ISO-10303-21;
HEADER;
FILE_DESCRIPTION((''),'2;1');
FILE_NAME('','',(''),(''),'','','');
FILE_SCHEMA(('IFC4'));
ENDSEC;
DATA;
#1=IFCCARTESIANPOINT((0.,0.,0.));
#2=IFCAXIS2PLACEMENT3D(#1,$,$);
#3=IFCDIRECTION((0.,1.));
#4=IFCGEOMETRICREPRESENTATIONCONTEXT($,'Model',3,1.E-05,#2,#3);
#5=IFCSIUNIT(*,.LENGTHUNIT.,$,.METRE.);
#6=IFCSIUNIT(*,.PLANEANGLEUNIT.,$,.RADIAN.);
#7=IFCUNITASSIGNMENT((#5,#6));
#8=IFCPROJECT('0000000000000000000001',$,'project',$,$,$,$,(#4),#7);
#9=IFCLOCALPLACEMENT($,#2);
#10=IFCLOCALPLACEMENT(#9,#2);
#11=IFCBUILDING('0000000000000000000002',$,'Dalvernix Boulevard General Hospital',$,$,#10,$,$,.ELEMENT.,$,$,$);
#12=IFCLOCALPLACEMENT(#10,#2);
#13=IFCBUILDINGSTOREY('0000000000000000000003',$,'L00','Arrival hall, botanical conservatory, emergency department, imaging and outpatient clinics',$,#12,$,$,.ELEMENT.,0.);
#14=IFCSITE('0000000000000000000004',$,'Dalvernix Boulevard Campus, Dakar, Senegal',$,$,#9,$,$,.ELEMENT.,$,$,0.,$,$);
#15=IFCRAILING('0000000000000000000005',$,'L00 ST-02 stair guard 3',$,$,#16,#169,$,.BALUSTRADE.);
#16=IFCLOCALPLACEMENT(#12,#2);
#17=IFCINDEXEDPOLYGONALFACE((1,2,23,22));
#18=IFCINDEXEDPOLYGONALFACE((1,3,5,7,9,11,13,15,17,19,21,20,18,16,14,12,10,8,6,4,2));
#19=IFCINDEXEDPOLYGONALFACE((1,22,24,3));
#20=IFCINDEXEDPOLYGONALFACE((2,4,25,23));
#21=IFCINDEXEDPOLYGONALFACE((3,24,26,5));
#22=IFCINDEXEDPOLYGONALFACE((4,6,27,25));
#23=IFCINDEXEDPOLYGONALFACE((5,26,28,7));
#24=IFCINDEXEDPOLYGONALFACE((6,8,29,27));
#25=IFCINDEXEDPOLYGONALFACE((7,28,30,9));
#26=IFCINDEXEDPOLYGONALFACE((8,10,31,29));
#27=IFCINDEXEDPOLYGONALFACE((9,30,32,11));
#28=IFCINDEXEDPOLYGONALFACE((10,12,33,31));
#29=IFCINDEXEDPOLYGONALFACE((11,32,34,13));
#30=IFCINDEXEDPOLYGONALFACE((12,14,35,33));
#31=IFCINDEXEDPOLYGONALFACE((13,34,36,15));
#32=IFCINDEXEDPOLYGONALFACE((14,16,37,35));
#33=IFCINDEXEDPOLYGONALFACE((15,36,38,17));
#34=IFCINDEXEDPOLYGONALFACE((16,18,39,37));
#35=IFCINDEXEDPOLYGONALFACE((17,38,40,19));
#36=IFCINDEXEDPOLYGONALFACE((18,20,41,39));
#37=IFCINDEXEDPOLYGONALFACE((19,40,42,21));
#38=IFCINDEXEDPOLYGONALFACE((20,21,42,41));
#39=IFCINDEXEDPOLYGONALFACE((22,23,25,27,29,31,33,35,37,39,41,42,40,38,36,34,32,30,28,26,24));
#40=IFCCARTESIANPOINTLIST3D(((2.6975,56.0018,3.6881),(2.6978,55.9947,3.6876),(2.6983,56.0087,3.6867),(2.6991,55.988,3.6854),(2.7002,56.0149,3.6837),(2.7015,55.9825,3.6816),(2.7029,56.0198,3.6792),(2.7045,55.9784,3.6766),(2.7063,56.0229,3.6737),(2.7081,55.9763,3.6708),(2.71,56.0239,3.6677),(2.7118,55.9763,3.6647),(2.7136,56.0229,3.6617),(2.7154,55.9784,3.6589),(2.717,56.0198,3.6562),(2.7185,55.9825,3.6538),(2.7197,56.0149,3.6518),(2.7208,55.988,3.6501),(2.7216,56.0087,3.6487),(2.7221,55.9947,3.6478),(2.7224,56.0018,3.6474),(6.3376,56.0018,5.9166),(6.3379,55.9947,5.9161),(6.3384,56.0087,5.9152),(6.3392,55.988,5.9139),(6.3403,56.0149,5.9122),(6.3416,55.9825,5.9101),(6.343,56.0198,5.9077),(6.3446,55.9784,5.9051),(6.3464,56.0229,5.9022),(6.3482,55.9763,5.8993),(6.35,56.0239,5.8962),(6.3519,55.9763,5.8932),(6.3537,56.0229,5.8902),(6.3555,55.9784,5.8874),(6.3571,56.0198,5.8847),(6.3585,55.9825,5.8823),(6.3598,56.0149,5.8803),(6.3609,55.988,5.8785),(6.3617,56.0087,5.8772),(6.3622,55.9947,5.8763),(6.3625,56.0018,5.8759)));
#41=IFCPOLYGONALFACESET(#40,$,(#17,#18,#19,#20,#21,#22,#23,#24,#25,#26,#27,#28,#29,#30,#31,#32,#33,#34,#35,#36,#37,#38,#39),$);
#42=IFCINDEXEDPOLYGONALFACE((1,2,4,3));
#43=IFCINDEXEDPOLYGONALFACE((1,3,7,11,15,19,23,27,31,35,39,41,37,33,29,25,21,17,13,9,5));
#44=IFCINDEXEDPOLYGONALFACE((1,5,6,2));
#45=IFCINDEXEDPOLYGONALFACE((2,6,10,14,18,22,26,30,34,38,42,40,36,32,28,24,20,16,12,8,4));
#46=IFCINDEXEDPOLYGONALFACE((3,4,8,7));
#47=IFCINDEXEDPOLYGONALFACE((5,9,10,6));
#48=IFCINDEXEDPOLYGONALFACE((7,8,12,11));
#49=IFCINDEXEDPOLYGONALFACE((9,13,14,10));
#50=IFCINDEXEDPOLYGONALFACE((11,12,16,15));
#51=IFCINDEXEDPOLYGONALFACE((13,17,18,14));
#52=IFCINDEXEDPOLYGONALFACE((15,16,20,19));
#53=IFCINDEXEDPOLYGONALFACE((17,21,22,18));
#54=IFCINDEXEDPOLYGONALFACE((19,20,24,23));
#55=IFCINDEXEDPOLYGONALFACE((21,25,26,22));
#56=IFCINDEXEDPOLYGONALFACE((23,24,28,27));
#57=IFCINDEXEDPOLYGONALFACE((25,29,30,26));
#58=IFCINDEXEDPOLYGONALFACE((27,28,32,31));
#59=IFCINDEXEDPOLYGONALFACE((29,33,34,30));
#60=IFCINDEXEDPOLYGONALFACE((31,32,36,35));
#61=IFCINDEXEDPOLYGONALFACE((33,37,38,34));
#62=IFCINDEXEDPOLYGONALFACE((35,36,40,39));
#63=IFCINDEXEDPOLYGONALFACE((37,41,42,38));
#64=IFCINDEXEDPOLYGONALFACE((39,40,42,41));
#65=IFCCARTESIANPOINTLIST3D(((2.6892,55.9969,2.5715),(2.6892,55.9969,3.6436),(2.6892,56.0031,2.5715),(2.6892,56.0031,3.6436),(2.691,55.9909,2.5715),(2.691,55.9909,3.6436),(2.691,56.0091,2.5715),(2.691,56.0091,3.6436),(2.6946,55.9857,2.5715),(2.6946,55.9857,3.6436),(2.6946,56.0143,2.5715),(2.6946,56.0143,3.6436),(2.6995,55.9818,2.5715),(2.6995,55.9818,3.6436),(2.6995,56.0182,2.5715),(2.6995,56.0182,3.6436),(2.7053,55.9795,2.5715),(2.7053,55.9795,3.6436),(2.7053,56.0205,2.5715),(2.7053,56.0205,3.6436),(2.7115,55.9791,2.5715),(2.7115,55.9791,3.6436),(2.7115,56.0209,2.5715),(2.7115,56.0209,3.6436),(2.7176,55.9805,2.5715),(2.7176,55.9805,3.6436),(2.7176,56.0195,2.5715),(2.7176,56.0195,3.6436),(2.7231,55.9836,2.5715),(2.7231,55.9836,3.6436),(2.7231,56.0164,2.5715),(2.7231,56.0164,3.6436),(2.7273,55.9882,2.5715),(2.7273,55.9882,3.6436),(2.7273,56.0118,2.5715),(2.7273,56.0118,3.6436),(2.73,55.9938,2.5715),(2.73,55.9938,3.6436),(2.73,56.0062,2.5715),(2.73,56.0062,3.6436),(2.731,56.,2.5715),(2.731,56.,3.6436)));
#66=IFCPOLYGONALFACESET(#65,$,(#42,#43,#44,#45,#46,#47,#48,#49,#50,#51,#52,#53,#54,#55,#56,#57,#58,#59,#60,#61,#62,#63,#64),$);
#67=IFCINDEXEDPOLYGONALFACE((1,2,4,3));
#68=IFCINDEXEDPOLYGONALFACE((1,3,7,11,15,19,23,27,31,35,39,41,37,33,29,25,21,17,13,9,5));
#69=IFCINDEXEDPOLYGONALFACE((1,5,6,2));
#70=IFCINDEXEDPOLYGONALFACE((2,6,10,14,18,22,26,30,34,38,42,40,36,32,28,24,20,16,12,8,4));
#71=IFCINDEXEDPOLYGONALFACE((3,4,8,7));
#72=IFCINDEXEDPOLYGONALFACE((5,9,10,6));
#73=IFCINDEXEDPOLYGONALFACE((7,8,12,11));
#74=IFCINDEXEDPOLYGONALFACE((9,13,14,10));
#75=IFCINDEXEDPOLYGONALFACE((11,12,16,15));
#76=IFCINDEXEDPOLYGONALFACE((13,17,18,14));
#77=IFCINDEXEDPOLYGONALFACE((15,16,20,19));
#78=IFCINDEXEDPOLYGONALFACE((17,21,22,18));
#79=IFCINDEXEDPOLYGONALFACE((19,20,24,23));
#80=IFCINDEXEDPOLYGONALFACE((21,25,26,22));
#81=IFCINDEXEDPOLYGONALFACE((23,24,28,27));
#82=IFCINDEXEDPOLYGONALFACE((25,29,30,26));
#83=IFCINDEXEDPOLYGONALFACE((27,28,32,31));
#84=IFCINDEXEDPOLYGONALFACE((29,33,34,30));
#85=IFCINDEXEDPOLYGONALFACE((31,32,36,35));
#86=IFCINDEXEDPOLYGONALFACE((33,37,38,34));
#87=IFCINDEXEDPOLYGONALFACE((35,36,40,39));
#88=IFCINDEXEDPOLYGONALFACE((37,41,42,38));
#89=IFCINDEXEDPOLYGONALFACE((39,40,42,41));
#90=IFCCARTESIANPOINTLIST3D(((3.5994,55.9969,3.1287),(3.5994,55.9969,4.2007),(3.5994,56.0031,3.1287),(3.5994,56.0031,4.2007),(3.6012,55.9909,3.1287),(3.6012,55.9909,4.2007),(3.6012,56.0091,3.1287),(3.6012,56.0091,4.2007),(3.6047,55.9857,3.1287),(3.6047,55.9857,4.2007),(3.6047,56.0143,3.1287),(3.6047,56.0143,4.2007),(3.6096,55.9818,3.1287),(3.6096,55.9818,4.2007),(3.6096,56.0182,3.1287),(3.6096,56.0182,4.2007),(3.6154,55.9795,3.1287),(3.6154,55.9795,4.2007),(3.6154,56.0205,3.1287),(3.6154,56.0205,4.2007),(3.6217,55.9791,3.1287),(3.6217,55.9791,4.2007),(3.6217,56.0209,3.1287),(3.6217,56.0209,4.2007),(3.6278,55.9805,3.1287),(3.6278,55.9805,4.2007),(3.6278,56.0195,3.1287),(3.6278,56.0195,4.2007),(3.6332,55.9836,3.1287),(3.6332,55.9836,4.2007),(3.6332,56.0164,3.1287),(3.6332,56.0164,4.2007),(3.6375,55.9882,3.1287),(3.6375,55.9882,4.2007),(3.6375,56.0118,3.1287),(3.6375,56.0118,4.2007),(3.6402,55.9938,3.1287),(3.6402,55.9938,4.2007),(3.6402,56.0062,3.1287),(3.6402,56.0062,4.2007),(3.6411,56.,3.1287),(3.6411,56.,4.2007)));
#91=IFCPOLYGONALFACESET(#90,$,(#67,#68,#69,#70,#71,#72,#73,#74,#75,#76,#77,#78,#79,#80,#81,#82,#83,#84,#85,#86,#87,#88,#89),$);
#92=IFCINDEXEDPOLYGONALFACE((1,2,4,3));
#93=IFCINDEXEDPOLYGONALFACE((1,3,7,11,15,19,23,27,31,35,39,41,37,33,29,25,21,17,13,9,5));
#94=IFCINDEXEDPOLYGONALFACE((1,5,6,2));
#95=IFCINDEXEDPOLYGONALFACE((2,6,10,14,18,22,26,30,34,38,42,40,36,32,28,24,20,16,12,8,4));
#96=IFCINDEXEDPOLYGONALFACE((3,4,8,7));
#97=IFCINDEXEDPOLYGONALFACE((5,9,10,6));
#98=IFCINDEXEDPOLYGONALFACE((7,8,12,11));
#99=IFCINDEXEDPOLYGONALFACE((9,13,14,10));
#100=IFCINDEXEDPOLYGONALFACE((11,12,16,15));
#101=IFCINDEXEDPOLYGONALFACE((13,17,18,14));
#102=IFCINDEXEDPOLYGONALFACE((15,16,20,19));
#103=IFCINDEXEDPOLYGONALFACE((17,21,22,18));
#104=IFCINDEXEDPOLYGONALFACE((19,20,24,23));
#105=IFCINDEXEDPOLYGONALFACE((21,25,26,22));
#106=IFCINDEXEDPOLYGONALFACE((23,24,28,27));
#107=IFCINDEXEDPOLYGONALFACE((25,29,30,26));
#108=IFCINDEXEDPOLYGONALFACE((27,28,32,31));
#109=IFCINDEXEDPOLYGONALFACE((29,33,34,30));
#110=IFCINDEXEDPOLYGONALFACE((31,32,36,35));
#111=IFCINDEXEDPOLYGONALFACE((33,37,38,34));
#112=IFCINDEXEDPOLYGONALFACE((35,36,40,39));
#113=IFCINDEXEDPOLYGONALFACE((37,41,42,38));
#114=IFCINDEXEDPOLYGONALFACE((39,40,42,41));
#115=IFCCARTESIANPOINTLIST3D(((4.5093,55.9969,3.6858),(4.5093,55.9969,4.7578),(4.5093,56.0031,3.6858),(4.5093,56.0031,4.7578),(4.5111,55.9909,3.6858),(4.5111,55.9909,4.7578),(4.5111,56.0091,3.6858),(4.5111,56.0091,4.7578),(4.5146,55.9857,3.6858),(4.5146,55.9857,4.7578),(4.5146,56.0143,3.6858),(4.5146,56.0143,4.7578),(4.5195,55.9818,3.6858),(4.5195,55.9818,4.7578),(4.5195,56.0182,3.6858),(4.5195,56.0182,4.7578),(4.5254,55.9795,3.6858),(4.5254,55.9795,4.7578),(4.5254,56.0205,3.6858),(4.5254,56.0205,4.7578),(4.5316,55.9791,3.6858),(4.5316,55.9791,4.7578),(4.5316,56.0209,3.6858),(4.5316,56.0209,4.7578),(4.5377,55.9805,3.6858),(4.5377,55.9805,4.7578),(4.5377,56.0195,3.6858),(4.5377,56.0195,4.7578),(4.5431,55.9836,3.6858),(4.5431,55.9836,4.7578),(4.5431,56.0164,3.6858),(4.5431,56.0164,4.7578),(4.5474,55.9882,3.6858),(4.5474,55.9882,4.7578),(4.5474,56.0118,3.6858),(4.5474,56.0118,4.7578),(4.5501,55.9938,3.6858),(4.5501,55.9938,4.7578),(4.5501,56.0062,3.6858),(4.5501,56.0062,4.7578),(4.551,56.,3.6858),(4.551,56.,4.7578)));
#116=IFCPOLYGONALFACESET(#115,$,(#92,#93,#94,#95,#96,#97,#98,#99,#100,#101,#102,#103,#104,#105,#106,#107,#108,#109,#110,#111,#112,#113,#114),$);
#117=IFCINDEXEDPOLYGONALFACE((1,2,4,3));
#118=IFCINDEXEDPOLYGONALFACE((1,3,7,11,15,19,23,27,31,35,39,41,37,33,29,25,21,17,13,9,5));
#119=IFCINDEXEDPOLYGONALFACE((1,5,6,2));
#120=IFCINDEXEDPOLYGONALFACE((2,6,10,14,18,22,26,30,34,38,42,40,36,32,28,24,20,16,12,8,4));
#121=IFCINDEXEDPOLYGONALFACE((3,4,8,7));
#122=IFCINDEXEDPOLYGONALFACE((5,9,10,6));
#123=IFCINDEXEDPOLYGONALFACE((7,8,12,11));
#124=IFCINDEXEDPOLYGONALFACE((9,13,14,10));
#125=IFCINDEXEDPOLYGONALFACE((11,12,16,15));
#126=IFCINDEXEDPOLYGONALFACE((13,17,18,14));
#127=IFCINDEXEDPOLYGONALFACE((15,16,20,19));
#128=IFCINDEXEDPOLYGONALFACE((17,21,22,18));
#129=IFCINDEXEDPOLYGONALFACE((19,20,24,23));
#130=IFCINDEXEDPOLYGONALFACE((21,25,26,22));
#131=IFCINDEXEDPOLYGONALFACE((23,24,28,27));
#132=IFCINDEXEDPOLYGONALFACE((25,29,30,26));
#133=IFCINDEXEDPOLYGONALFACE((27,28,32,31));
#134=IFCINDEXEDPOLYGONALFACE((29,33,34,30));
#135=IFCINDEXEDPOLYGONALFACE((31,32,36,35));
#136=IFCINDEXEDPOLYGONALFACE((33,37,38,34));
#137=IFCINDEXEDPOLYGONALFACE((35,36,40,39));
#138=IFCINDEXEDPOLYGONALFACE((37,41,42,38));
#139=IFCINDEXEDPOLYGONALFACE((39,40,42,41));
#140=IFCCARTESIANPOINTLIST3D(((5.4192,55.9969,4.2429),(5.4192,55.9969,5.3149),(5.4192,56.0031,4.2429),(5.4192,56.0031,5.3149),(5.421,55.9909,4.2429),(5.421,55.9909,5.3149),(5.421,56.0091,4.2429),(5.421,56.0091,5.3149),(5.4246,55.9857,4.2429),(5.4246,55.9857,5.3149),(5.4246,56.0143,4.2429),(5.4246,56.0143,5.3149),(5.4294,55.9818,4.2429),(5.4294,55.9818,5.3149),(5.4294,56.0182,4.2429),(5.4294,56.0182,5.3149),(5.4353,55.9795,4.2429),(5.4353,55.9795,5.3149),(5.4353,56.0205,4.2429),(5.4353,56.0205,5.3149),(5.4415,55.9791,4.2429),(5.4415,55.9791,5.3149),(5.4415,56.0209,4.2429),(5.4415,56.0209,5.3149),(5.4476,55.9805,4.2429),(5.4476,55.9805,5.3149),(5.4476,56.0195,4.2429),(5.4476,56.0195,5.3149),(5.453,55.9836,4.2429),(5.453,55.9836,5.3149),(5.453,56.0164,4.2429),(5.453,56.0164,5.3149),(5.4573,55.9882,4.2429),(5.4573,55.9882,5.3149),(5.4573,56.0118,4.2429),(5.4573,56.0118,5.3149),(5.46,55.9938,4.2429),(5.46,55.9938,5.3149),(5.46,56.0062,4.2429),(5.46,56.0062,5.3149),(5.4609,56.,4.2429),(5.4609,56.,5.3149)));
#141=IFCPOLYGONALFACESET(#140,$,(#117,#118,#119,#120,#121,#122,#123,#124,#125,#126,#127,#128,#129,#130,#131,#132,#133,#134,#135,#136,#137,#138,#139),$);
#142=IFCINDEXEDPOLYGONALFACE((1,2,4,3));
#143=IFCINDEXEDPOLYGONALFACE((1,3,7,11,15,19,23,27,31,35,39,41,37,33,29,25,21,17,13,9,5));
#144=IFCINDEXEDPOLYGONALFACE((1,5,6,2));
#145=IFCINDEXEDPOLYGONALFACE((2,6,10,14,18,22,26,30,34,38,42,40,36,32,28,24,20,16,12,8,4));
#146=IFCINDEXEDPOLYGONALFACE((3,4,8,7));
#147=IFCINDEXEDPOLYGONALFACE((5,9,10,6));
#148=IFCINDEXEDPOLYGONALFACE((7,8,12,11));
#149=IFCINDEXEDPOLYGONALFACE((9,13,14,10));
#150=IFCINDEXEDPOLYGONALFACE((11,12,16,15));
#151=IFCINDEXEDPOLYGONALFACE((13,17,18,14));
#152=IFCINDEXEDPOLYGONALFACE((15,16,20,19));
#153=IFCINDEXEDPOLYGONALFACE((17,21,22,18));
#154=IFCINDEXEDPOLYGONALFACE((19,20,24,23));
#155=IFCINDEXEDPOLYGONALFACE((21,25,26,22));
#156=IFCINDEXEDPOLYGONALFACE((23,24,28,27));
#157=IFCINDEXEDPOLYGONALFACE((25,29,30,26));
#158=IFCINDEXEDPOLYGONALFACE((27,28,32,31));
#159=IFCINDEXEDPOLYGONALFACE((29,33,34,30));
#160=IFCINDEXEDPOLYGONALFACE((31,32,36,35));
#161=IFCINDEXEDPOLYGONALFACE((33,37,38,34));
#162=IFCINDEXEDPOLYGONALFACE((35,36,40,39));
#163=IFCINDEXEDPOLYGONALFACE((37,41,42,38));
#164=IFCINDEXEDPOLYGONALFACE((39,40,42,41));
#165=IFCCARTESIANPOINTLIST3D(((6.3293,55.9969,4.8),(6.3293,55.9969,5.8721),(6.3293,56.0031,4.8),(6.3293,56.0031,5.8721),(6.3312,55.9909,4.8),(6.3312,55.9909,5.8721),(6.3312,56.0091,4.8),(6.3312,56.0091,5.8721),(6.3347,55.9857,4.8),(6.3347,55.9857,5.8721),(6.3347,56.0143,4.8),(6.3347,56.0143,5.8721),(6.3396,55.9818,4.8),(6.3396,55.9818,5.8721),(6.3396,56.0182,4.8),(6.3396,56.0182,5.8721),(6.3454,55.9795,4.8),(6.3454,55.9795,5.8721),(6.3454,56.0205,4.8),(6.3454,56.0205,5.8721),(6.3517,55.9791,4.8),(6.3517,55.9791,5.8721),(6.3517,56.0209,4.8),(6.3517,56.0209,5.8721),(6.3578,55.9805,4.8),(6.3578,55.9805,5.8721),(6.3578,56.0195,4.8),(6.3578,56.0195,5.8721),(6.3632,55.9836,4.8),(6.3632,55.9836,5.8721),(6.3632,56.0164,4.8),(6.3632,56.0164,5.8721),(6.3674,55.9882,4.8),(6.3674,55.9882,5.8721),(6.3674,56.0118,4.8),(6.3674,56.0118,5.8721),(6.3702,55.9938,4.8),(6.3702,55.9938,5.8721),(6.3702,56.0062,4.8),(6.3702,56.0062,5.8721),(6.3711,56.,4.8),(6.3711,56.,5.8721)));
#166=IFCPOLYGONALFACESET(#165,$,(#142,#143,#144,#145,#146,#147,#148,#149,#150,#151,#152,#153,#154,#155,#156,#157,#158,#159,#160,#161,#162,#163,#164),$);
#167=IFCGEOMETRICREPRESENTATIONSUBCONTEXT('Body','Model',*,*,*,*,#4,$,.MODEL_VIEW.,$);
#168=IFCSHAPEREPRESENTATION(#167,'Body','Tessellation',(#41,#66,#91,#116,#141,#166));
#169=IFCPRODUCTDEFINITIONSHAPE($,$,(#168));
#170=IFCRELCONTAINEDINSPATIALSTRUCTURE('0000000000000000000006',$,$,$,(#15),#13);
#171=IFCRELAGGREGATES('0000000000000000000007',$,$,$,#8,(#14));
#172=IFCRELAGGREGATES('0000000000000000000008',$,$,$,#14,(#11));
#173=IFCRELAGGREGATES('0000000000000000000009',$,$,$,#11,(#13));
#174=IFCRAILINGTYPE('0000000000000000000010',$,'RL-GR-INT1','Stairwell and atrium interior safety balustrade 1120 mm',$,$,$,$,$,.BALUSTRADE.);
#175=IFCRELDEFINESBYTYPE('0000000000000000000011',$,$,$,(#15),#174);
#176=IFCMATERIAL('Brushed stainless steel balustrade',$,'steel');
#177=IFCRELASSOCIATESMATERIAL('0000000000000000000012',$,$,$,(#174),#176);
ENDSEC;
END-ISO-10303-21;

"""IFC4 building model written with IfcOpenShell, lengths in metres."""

from ifc_helpers import new_model, si_unit, direction, frame, origin, origin_2d, place, context, subcontext, project, spatial, circle, extrude, material, type_object, element, save


model = new_model("IFC4")

# Units and contexts
model_context = context("Model", 3, precision=1e-05, world=origin(), true_north=direction((0.0, 1.0)))
body_context = subcontext(model_context, "Body", "Model", "MODEL_VIEW")
ifc_project = project(units=[si_unit("LENGTHUNIT", "METRE"), si_unit("PLANEANGLEUNIT", "RADIAN")], contexts=[model_context])

# Site, building, storey
site_placement = place(None, origin())
site = spatial("IfcSite", under=ifc_project, at=site_placement, Name="Dalvernix Boulevard Campus, Dakar, Senegal", CompositionType="ELEMENT", RefElevation=0.0)
building_placement = place(site_placement, origin())
building = spatial("IfcBuilding", under=site, at=building_placement, Name="Dalvernix Boulevard General Hospital", CompositionType="ELEMENT")
storey_placement = place(building_placement, origin())
storey = spatial("IfcBuildingStorey", under=building, at=storey_placement, Name="L00", Description="Arrival hall, botanical conservatory, emergency department, imaging and outpatient clinics", CompositionType="ELEMENT", Elevation=0.0)

# Railing
ifc_material_1 = material(Name="Brushed stainless steel balustrade", Category="steel")
railing_type_1 = type_object("IfcRailingType", Name="RL-GR-INT1", Description="Stairwell and atrium interior safety balustrade 1120 mm", PredefinedType="BALUSTRADE", material=ifc_material_1)
railing_1_placement = place(storey_placement, frame((2.71, 56.0, 2.5715)))
element("IfcRailing", 1, at=railing_1_placement, inside=storey, type_object=railing_type_1, Name="L00 ST-02 stair guard 3", PredefinedType="BALUSTRADE", context=body_context, shape_type="SweptSolid", body=[
    extrude(circle(Radius=0.0239, at=origin_2d()), frame((0.0, 0.0, 1.0962), z_axis=(0.852866, 0.0, 0.52213), x_axis=(0.0, 1.0, 0.0)), (0.0, 0.0, 1.0), 4.2681),
    extrude(circle(Radius=0.021, at=origin_2d()), origin(), (0.0, 0.0, 1.0), 1.072),
    extrude(circle(Radius=0.021, at=origin_2d()), frame((0.9102, 0.0, 0.5571)), (0.0, 0.0, 1.0), 1.072),
    extrude(circle(Radius=0.021, at=origin_2d()), frame((1.8201, 0.0, 1.1143)), (0.0, 0.0, 1.0), 1.072),
    extrude(circle(Radius=0.021, at=origin_2d()), frame((2.73, 0.0, 1.6714)), (0.0, 0.0, 1.0), 1.072),
    extrude(circle(Radius=0.021, at=origin_2d()), frame((3.6401, 0.0, 2.2285)), (0.0, 0.0, 1.0), 1.072),
])

save(model, "model.ifc")
